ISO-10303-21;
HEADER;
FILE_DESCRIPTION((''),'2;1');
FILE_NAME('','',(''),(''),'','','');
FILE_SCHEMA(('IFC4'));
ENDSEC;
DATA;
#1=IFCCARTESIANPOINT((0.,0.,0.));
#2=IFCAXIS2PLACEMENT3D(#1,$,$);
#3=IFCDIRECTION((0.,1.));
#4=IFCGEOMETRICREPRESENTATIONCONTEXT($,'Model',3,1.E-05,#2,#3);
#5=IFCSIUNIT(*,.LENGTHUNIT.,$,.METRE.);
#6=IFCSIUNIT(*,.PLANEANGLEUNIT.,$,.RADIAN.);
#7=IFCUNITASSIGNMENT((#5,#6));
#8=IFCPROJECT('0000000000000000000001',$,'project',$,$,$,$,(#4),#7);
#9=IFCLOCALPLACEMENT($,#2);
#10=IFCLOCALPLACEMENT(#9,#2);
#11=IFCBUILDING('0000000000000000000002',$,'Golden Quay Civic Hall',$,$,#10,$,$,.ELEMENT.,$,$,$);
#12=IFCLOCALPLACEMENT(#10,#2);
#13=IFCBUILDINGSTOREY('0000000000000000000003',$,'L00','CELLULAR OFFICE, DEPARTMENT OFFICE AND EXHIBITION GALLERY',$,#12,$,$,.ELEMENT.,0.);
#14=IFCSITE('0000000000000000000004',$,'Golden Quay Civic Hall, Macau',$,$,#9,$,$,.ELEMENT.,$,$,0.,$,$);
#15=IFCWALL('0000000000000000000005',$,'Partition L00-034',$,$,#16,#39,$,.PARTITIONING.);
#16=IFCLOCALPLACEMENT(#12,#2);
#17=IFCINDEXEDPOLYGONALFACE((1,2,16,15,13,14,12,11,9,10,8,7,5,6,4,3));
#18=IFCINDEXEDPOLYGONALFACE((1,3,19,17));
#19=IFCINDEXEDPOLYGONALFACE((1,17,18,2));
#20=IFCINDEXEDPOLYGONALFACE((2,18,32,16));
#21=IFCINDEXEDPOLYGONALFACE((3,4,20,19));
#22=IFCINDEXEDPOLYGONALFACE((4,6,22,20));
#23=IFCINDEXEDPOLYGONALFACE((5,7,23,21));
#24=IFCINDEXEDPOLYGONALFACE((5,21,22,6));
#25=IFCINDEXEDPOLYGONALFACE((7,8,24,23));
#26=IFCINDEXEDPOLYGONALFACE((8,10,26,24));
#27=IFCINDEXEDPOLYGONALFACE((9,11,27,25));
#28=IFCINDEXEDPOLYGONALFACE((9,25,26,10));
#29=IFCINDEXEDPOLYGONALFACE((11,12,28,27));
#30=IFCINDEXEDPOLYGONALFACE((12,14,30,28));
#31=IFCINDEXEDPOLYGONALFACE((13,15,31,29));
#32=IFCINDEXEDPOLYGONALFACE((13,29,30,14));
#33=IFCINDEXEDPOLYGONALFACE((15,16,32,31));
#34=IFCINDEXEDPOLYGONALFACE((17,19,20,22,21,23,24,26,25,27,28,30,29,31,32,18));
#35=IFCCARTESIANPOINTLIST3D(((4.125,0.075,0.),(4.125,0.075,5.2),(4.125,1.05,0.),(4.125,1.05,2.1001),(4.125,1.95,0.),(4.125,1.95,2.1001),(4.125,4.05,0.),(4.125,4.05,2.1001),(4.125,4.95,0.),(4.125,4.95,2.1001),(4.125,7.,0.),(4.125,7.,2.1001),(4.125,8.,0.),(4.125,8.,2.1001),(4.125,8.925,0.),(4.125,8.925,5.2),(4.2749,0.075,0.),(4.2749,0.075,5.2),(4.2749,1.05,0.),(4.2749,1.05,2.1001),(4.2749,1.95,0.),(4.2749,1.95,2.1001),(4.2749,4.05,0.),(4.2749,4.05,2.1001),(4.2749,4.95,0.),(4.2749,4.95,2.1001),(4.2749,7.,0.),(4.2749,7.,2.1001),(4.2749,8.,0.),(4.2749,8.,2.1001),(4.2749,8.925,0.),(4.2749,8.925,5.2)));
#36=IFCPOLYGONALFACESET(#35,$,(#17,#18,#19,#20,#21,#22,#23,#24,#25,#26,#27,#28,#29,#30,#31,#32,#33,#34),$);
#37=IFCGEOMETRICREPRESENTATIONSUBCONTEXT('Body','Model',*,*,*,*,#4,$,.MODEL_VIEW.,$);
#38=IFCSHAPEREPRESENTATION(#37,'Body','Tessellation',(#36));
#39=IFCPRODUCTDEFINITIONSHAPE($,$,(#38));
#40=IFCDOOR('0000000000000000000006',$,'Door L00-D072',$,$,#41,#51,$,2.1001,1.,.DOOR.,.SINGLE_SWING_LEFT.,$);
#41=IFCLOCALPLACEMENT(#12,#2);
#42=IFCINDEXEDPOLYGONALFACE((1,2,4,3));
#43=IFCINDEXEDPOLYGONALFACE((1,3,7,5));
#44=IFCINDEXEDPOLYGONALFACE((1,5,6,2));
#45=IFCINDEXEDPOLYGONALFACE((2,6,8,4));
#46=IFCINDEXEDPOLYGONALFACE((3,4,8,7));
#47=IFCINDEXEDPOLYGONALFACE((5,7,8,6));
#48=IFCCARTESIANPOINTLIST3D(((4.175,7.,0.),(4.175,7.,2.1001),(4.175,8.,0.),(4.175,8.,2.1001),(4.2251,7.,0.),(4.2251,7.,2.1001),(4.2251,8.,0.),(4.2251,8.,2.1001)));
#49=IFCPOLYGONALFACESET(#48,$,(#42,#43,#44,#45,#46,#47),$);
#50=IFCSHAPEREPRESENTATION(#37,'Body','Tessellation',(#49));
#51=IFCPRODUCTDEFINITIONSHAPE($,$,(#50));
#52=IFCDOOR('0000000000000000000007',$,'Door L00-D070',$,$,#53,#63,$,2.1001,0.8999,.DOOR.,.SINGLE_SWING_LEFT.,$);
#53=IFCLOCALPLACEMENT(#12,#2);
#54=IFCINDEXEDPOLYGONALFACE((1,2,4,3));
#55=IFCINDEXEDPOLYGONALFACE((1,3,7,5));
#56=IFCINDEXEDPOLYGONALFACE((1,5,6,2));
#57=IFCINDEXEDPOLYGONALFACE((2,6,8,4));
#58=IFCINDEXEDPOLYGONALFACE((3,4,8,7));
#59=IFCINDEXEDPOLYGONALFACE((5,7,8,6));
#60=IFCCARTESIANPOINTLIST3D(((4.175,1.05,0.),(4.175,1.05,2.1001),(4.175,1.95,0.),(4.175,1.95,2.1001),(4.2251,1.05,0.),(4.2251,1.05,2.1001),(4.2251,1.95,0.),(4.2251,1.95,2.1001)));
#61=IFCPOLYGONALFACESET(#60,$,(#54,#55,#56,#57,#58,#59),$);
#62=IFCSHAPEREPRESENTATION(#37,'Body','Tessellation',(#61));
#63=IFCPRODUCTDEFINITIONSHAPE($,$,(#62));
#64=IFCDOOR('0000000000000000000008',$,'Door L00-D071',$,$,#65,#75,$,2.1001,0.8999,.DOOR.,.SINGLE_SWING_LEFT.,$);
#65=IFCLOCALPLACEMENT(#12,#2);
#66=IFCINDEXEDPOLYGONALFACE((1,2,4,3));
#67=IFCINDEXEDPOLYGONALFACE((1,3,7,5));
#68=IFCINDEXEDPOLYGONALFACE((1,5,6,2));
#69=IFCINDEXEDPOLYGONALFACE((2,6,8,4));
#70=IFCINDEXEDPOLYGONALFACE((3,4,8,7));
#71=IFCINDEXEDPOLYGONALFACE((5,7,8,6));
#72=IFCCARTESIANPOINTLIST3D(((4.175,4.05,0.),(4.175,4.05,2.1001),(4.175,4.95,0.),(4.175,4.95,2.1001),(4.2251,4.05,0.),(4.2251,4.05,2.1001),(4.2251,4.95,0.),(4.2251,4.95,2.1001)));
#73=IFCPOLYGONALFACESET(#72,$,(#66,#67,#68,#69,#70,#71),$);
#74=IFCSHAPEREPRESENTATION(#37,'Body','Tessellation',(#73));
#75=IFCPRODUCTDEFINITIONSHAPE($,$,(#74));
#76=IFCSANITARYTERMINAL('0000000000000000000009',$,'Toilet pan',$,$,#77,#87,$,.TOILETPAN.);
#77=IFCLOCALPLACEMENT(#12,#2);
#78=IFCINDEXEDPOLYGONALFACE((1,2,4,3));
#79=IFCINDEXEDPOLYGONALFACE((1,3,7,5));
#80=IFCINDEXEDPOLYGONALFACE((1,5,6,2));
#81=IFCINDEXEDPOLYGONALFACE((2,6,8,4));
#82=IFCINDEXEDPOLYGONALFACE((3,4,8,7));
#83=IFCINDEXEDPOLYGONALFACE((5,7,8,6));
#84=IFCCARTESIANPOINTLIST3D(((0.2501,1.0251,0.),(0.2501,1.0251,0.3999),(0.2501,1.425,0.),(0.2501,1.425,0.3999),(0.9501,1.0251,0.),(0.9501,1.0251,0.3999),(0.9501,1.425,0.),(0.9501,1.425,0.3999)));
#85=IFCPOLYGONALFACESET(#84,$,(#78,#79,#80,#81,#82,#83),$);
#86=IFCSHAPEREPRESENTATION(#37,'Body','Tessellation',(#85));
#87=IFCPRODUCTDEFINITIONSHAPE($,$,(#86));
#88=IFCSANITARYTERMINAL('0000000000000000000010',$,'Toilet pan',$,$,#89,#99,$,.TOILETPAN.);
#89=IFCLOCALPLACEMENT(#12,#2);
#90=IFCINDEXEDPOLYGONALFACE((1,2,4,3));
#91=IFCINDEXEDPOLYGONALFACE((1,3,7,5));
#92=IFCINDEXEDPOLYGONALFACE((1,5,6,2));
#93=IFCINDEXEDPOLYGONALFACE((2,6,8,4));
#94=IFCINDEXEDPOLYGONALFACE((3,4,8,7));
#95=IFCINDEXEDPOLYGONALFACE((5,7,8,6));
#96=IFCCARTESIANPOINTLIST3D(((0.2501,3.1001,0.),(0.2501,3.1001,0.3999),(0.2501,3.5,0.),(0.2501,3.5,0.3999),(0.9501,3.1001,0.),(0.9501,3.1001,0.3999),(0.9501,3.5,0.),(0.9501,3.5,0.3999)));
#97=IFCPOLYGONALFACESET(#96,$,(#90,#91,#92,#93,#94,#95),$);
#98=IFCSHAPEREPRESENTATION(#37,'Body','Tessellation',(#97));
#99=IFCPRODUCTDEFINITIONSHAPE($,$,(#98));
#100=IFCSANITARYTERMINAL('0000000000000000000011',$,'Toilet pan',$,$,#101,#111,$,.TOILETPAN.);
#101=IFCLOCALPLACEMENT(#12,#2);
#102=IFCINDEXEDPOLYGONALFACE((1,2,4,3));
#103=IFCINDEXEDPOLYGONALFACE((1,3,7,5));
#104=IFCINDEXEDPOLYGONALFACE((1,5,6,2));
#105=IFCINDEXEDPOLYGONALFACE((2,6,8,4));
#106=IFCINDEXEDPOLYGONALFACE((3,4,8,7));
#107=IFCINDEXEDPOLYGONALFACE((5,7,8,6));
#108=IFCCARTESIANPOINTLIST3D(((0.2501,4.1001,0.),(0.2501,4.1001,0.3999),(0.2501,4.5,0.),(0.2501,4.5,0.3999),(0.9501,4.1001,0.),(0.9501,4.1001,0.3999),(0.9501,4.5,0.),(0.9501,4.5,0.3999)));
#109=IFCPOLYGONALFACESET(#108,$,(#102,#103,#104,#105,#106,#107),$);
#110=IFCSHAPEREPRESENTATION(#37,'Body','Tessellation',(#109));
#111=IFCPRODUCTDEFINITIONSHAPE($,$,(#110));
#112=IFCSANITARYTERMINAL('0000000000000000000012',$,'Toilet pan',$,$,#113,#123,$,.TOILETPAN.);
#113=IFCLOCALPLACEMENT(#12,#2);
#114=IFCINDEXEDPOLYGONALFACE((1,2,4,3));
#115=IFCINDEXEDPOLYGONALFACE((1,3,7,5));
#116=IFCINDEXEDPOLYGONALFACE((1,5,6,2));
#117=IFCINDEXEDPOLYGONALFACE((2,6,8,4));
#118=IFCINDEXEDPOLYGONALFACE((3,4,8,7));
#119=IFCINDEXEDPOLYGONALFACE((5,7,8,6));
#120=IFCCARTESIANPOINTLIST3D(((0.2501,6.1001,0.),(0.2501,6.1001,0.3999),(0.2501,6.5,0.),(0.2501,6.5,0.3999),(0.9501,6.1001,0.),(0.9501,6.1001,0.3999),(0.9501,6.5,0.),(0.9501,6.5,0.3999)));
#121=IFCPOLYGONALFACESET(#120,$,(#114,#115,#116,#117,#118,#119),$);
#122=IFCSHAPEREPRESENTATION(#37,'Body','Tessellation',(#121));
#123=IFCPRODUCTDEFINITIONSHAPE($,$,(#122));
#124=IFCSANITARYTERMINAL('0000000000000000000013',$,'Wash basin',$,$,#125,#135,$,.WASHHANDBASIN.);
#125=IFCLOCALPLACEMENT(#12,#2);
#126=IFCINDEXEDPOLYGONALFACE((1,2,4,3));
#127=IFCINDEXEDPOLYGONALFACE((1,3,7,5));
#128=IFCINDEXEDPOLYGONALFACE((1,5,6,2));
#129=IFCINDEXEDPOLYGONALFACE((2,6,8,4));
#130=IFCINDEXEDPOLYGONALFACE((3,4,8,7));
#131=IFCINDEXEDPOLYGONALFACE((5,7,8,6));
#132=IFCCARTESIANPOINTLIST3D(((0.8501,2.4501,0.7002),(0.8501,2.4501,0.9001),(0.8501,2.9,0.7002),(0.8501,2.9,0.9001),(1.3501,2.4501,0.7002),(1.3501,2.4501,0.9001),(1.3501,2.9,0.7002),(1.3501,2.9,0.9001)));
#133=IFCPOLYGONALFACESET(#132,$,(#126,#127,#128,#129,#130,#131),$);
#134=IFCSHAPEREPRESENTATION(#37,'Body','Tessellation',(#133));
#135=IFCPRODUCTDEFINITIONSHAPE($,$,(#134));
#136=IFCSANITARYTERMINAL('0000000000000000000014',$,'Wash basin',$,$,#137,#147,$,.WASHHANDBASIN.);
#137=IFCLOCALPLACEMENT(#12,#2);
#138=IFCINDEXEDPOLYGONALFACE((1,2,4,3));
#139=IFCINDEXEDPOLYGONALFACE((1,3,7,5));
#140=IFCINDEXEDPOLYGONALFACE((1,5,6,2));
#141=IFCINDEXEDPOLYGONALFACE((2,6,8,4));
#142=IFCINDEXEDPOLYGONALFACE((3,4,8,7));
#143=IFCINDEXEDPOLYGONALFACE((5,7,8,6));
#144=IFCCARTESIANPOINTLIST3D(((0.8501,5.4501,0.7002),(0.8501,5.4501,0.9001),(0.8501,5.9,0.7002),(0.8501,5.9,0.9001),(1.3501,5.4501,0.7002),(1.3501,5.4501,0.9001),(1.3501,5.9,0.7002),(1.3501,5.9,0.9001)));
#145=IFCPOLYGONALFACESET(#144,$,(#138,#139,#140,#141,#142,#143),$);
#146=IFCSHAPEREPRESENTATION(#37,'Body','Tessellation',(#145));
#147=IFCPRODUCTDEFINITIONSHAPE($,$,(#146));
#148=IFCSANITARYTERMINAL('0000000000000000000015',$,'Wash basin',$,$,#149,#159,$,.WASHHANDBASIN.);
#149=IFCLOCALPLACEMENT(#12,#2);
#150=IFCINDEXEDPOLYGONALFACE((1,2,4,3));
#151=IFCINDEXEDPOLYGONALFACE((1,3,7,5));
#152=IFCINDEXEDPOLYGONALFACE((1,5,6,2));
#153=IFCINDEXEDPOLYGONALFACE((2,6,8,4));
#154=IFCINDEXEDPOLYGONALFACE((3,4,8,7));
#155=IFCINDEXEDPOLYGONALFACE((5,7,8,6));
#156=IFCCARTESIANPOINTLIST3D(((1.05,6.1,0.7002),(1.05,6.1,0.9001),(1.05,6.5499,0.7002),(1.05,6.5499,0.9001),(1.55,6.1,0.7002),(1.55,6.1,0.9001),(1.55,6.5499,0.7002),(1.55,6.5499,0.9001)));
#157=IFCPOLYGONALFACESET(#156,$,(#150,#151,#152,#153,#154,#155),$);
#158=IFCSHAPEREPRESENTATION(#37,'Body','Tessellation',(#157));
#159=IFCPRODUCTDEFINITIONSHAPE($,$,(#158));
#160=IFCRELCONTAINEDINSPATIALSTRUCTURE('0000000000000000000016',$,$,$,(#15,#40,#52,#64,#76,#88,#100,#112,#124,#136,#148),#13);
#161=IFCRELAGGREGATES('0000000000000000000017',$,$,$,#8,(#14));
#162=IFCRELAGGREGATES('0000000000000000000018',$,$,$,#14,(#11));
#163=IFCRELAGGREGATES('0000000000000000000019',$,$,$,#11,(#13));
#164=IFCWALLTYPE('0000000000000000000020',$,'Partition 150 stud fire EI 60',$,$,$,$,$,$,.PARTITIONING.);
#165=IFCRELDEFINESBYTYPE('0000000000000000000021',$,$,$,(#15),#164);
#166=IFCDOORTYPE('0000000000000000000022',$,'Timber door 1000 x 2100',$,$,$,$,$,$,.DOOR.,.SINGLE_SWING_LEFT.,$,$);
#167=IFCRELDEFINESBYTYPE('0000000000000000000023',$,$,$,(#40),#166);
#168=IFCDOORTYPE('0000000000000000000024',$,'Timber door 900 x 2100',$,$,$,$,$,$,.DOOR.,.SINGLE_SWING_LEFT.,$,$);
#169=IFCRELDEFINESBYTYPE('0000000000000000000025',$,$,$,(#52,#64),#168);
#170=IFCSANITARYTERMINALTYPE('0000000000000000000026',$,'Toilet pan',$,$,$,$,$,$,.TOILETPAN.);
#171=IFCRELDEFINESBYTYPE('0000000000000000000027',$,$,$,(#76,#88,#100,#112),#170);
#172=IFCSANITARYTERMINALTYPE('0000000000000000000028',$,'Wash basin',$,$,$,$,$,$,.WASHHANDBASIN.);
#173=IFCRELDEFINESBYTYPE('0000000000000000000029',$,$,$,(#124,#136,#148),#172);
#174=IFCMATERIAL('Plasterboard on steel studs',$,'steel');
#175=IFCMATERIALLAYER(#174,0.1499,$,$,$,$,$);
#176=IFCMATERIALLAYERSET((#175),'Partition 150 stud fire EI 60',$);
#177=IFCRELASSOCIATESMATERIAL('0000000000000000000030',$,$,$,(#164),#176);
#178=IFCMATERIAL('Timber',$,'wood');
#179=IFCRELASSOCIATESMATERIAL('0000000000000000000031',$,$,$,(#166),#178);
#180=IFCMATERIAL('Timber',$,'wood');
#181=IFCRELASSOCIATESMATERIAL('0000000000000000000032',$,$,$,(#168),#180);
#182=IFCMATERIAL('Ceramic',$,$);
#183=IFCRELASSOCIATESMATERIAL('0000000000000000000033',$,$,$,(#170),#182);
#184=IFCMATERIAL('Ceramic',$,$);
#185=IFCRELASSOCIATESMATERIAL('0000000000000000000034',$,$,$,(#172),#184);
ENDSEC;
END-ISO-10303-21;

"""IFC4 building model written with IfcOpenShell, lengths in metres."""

from ifc_helpers import new_model, si_unit, direction, frame, frame_2d, origin, origin_2d, place, context, subcontext, project, spatial, rectangle, extrude, material, layer, layer_set, type_object, element, fill, save


model = new_model("IFC4")

# Units and contexts
model_context = context("Model", 3, precision=1e-05, world=origin(), true_north=direction((0.0, 1.0)))
body_context = subcontext(model_context, "Body", "Model", "MODEL_VIEW")
ifc_project = project(units=[si_unit("LENGTHUNIT", "METRE"), si_unit("PLANEANGLEUNIT", "RADIAN")], contexts=[model_context])

# Site, building, storey
site_placement = place(None, origin())
site = spatial("IfcSite", under=ifc_project, at=site_placement, Name="Golden Quay Civic Hall, Macau", CompositionType="ELEMENT", RefElevation=0.0)
building_placement = place(site_placement, origin())
building = spatial("IfcBuilding", under=site, at=building_placement, Name="Golden Quay Civic Hall", CompositionType="ELEMENT")
storey_placement = place(building_placement, origin())
storey = spatial("IfcBuildingStorey", under=building, at=storey_placement, Name="L00", Description="CELLULAR OFFICE, DEPARTMENT OFFICE AND EXHIBITION GALLERY", CompositionType="ELEMENT", Elevation=0.0)

# Wall, openings, doors
ifc_material_1 = material(Name="Plasterboard on steel studs", Category="steel")
ifc_layer = layer(ifc_material_1, 0.1499)
ifc_layer_set = layer_set([ifc_layer], Name="Partition 150 stud fire EI 60")
wall_type = type_object("IfcWallType", Name="Partition 150 stud fire EI 60", PredefinedType="PARTITIONING", material=ifc_layer_set)
wall_placement = place(storey_placement, frame((4.2, 0.075, 0.0), z_axis=(0.0, 0.0, 1.0), x_axis=(0.0, 1.0, 0.0)))
wall = element("IfcWall", 1, at=wall_placement, inside=storey, type_object=wall_type, Name="Partition L00-034", PredefinedType="PARTITIONING", context=body_context, shape_type="SweptSolid", body=[
    extrude(rectangle(XDim=8.8501, YDim=0.1499, at=frame_2d((4.425, 0.0))), origin(), (0.0, 0.0, 1.0), 5.2),
])
opening_1_placement = place(wall_placement, frame((0.9751, 0.0, 0.0)))
opening_1 = element("IfcOpeningElement", 2, at=opening_1_placement, cuts=wall, PredefinedType="OPENING", context=body_context, shape_type="SweptSolid", body=[
    extrude(rectangle(XDim=0.8999, YDim=2.1001, at=frame_2d((0.45, 1.05))), frame((0.0, 0.085, 0.0), z_axis=(0.0, -1.0, 0.0), x_axis=(1.0, 0.0, 0.0)), (0.0, 0.0, 1.0), 0.1699),
])
opening_2_placement = place(wall_placement, frame((3.9751, 0.0, 0.0)))
opening_2 = element("IfcOpeningElement", 3, at=opening_2_placement, cuts=wall, PredefinedType="OPENING", context=body_context, shape_type="SweptSolid", body=[
    extrude(rectangle(XDim=0.8999, YDim=2.1001, at=frame_2d((0.45, 1.05))), frame((0.0, 0.085, 0.0), z_axis=(0.0, -1.0, 0.0), x_axis=(1.0, 0.0, 0.0)), (0.0, 0.0, 1.0), 0.1699),
])
opening_3_placement = place(wall_placement, frame((6.925, 0.0, 0.0)))
opening_3 = element("IfcOpeningElement", 4, at=opening_3_placement, cuts=wall, PredefinedType="OPENING", context=body_context, shape_type="SweptSolid", body=[
    extrude(rectangle(XDim=1.0, YDim=2.1001, at=frame_2d((0.5, 1.05))), frame((0.0, 0.085, 0.0), z_axis=(0.0, -1.0, 0.0), x_axis=(1.0, 0.0, 0.0)), (0.0, 0.0, 1.0), 0.1699),
])
ifc_material_2 = material(Name="Timber", Category="wood")
door_type_1 = type_object("IfcDoorType", Name="Timber door 1000 x 2100", OperationType="SINGLE_SWING_LEFT", PredefinedType="DOOR", material=ifc_material_2)
door_1_placement = place(opening_3_placement, origin())
door_1 = element("IfcDoor", 5, at=door_1_placement, inside=storey, type_object=door_type_1, Name="Door L00-D072", OperationType="SINGLE_SWING_LEFT", OverallHeight=2.1001, OverallWidth=1.0, PredefinedType="DOOR", context=body_context, shape_type="SweptSolid", body=[
    extrude(rectangle(XDim=1.0, YDim=2.1001, at=frame_2d((0.5, 1.05))), frame((0.0, 0.0249, 0.0), z_axis=(0.0, -1.0, 0.0), x_axis=(1.0, 0.0, 0.0)), (0.0, 0.0, 1.0), 0.05),
])
fill(opening_3, door_1)
ifc_material_3 = material(Name="Timber", Category="wood")
door_type_2 = type_object("IfcDoorType", Name="Timber door 900 x 2100", OperationType="SINGLE_SWING_LEFT", PredefinedType="DOOR", material=ifc_material_3)
door_2_placement = place(opening_1_placement, origin())
door_2 = element("IfcDoor", 6, at=door_2_placement, inside=storey, type_object=door_type_2, Name="Door L00-D070", OperationType="SINGLE_SWING_LEFT", OverallHeight=2.1001, OverallWidth=0.8999, PredefinedType="DOOR", context=body_context, shape_type="SweptSolid", body=[
    extrude(rectangle(XDim=0.8999, YDim=2.1001, at=frame_2d((0.45, 1.05))), frame((0.0, 0.0249, 0.0), z_axis=(0.0, -1.0, 0.0), x_axis=(1.0, 0.0, 0.0)), (0.0, 0.0, 1.0), 0.05),
])
fill(opening_1, door_2)
door_3_placement = place(opening_2_placement, origin())
door_3 = element("IfcDoor", 7, at=door_3_placement, inside=storey, type_object=door_type_2, Name="Door L00-D071", OperationType="SINGLE_SWING_LEFT", OverallHeight=2.1001, OverallWidth=0.8999, PredefinedType="DOOR", context=body_context, shape_type="SweptSolid", body=[
    extrude(rectangle(XDim=0.8999, YDim=2.1001, at=frame_2d((0.45, 1.05))), frame((0.0, 0.0249, 0.0), z_axis=(0.0, -1.0, 0.0), x_axis=(1.0, 0.0, 0.0)), (0.0, 0.0, 1.0), 0.05),
])
fill(opening_2, door_3)

# Sanitary terminals
ifc_material_4 = material(Name="Ceramic")
sanitary_terminal_type_1 = type_object("IfcSanitaryTerminalType", Name="Toilet pan", PredefinedType="TOILETPAN", material=ifc_material_4)
for number, where, z_axis, x_axis, name in (
    (8, (0.6001, 1.2251, 0.0), (0.0, 0.0, 1.0), (0.0, 1.0, 0.0), "Toilet pan"),
    (9, (0.6001, 3.3, 0.0), (0.0, 0.0, 1.0), (0.0, 1.0, 0.0), "Toilet pan"),
    (10, (0.6001, 4.3, 0.0), (0.0, 0.0, 1.0), (0.0, 1.0, 0.0), "Toilet pan"),
    (11, (0.6001, 6.3, 0.0), (0.0, 0.0, 1.0), (0.0, 1.0, 0.0), "Toilet pan"),
):
    element("IfcSanitaryTerminal", number, at=place(storey_placement, frame(where, z_axis=z_axis, x_axis=x_axis)), inside=storey, type_object=sanitary_terminal_type_1, Name=name, PredefinedType="TOILETPAN", context=body_context, shape_type="SweptSolid", body=[
        extrude(rectangle(XDim=0.3999, YDim=0.7, at=origin_2d()), origin(), (0.0, 0.0, 1.0), 0.3999),
    ])
ifc_material_5 = material(Name="Ceramic")
sanitary_terminal_type_2 = type_object("IfcSanitaryTerminalType", Name="Wash basin", PredefinedType="WASHHANDBASIN", material=ifc_material_5)
for number, where, z_axis, x_axis, name in (
    (12, (1.1001, 2.675, 0.7002), (0.0, 0.0, 1.0), (1.0, 0.0, 0.0), "Wash basin"),
    (13, (1.1001, 5.675, 0.7002), (0.0, 0.0, 1.0), (1.0, 0.0, 0.0), "Wash basin"),
    (14, (1.3, 6.325, 0.7002), (0.0, 0.0, 1.0), (1.0, 0.0, 0.0), "Wash basin"),
):
    element("IfcSanitaryTerminal", number, at=place(storey_placement, frame(where, z_axis=z_axis, x_axis=x_axis)), inside=storey, type_object=sanitary_terminal_type_2, Name=name, PredefinedType="WASHHANDBASIN", context=body_context, shape_type="SweptSolid", body=[
        extrude(rectangle(XDim=0.5, YDim=0.45, at=origin_2d()), origin(), (0.0, 0.0, 1.0), 0.2),
    ])

save(model, "model.ifc")
